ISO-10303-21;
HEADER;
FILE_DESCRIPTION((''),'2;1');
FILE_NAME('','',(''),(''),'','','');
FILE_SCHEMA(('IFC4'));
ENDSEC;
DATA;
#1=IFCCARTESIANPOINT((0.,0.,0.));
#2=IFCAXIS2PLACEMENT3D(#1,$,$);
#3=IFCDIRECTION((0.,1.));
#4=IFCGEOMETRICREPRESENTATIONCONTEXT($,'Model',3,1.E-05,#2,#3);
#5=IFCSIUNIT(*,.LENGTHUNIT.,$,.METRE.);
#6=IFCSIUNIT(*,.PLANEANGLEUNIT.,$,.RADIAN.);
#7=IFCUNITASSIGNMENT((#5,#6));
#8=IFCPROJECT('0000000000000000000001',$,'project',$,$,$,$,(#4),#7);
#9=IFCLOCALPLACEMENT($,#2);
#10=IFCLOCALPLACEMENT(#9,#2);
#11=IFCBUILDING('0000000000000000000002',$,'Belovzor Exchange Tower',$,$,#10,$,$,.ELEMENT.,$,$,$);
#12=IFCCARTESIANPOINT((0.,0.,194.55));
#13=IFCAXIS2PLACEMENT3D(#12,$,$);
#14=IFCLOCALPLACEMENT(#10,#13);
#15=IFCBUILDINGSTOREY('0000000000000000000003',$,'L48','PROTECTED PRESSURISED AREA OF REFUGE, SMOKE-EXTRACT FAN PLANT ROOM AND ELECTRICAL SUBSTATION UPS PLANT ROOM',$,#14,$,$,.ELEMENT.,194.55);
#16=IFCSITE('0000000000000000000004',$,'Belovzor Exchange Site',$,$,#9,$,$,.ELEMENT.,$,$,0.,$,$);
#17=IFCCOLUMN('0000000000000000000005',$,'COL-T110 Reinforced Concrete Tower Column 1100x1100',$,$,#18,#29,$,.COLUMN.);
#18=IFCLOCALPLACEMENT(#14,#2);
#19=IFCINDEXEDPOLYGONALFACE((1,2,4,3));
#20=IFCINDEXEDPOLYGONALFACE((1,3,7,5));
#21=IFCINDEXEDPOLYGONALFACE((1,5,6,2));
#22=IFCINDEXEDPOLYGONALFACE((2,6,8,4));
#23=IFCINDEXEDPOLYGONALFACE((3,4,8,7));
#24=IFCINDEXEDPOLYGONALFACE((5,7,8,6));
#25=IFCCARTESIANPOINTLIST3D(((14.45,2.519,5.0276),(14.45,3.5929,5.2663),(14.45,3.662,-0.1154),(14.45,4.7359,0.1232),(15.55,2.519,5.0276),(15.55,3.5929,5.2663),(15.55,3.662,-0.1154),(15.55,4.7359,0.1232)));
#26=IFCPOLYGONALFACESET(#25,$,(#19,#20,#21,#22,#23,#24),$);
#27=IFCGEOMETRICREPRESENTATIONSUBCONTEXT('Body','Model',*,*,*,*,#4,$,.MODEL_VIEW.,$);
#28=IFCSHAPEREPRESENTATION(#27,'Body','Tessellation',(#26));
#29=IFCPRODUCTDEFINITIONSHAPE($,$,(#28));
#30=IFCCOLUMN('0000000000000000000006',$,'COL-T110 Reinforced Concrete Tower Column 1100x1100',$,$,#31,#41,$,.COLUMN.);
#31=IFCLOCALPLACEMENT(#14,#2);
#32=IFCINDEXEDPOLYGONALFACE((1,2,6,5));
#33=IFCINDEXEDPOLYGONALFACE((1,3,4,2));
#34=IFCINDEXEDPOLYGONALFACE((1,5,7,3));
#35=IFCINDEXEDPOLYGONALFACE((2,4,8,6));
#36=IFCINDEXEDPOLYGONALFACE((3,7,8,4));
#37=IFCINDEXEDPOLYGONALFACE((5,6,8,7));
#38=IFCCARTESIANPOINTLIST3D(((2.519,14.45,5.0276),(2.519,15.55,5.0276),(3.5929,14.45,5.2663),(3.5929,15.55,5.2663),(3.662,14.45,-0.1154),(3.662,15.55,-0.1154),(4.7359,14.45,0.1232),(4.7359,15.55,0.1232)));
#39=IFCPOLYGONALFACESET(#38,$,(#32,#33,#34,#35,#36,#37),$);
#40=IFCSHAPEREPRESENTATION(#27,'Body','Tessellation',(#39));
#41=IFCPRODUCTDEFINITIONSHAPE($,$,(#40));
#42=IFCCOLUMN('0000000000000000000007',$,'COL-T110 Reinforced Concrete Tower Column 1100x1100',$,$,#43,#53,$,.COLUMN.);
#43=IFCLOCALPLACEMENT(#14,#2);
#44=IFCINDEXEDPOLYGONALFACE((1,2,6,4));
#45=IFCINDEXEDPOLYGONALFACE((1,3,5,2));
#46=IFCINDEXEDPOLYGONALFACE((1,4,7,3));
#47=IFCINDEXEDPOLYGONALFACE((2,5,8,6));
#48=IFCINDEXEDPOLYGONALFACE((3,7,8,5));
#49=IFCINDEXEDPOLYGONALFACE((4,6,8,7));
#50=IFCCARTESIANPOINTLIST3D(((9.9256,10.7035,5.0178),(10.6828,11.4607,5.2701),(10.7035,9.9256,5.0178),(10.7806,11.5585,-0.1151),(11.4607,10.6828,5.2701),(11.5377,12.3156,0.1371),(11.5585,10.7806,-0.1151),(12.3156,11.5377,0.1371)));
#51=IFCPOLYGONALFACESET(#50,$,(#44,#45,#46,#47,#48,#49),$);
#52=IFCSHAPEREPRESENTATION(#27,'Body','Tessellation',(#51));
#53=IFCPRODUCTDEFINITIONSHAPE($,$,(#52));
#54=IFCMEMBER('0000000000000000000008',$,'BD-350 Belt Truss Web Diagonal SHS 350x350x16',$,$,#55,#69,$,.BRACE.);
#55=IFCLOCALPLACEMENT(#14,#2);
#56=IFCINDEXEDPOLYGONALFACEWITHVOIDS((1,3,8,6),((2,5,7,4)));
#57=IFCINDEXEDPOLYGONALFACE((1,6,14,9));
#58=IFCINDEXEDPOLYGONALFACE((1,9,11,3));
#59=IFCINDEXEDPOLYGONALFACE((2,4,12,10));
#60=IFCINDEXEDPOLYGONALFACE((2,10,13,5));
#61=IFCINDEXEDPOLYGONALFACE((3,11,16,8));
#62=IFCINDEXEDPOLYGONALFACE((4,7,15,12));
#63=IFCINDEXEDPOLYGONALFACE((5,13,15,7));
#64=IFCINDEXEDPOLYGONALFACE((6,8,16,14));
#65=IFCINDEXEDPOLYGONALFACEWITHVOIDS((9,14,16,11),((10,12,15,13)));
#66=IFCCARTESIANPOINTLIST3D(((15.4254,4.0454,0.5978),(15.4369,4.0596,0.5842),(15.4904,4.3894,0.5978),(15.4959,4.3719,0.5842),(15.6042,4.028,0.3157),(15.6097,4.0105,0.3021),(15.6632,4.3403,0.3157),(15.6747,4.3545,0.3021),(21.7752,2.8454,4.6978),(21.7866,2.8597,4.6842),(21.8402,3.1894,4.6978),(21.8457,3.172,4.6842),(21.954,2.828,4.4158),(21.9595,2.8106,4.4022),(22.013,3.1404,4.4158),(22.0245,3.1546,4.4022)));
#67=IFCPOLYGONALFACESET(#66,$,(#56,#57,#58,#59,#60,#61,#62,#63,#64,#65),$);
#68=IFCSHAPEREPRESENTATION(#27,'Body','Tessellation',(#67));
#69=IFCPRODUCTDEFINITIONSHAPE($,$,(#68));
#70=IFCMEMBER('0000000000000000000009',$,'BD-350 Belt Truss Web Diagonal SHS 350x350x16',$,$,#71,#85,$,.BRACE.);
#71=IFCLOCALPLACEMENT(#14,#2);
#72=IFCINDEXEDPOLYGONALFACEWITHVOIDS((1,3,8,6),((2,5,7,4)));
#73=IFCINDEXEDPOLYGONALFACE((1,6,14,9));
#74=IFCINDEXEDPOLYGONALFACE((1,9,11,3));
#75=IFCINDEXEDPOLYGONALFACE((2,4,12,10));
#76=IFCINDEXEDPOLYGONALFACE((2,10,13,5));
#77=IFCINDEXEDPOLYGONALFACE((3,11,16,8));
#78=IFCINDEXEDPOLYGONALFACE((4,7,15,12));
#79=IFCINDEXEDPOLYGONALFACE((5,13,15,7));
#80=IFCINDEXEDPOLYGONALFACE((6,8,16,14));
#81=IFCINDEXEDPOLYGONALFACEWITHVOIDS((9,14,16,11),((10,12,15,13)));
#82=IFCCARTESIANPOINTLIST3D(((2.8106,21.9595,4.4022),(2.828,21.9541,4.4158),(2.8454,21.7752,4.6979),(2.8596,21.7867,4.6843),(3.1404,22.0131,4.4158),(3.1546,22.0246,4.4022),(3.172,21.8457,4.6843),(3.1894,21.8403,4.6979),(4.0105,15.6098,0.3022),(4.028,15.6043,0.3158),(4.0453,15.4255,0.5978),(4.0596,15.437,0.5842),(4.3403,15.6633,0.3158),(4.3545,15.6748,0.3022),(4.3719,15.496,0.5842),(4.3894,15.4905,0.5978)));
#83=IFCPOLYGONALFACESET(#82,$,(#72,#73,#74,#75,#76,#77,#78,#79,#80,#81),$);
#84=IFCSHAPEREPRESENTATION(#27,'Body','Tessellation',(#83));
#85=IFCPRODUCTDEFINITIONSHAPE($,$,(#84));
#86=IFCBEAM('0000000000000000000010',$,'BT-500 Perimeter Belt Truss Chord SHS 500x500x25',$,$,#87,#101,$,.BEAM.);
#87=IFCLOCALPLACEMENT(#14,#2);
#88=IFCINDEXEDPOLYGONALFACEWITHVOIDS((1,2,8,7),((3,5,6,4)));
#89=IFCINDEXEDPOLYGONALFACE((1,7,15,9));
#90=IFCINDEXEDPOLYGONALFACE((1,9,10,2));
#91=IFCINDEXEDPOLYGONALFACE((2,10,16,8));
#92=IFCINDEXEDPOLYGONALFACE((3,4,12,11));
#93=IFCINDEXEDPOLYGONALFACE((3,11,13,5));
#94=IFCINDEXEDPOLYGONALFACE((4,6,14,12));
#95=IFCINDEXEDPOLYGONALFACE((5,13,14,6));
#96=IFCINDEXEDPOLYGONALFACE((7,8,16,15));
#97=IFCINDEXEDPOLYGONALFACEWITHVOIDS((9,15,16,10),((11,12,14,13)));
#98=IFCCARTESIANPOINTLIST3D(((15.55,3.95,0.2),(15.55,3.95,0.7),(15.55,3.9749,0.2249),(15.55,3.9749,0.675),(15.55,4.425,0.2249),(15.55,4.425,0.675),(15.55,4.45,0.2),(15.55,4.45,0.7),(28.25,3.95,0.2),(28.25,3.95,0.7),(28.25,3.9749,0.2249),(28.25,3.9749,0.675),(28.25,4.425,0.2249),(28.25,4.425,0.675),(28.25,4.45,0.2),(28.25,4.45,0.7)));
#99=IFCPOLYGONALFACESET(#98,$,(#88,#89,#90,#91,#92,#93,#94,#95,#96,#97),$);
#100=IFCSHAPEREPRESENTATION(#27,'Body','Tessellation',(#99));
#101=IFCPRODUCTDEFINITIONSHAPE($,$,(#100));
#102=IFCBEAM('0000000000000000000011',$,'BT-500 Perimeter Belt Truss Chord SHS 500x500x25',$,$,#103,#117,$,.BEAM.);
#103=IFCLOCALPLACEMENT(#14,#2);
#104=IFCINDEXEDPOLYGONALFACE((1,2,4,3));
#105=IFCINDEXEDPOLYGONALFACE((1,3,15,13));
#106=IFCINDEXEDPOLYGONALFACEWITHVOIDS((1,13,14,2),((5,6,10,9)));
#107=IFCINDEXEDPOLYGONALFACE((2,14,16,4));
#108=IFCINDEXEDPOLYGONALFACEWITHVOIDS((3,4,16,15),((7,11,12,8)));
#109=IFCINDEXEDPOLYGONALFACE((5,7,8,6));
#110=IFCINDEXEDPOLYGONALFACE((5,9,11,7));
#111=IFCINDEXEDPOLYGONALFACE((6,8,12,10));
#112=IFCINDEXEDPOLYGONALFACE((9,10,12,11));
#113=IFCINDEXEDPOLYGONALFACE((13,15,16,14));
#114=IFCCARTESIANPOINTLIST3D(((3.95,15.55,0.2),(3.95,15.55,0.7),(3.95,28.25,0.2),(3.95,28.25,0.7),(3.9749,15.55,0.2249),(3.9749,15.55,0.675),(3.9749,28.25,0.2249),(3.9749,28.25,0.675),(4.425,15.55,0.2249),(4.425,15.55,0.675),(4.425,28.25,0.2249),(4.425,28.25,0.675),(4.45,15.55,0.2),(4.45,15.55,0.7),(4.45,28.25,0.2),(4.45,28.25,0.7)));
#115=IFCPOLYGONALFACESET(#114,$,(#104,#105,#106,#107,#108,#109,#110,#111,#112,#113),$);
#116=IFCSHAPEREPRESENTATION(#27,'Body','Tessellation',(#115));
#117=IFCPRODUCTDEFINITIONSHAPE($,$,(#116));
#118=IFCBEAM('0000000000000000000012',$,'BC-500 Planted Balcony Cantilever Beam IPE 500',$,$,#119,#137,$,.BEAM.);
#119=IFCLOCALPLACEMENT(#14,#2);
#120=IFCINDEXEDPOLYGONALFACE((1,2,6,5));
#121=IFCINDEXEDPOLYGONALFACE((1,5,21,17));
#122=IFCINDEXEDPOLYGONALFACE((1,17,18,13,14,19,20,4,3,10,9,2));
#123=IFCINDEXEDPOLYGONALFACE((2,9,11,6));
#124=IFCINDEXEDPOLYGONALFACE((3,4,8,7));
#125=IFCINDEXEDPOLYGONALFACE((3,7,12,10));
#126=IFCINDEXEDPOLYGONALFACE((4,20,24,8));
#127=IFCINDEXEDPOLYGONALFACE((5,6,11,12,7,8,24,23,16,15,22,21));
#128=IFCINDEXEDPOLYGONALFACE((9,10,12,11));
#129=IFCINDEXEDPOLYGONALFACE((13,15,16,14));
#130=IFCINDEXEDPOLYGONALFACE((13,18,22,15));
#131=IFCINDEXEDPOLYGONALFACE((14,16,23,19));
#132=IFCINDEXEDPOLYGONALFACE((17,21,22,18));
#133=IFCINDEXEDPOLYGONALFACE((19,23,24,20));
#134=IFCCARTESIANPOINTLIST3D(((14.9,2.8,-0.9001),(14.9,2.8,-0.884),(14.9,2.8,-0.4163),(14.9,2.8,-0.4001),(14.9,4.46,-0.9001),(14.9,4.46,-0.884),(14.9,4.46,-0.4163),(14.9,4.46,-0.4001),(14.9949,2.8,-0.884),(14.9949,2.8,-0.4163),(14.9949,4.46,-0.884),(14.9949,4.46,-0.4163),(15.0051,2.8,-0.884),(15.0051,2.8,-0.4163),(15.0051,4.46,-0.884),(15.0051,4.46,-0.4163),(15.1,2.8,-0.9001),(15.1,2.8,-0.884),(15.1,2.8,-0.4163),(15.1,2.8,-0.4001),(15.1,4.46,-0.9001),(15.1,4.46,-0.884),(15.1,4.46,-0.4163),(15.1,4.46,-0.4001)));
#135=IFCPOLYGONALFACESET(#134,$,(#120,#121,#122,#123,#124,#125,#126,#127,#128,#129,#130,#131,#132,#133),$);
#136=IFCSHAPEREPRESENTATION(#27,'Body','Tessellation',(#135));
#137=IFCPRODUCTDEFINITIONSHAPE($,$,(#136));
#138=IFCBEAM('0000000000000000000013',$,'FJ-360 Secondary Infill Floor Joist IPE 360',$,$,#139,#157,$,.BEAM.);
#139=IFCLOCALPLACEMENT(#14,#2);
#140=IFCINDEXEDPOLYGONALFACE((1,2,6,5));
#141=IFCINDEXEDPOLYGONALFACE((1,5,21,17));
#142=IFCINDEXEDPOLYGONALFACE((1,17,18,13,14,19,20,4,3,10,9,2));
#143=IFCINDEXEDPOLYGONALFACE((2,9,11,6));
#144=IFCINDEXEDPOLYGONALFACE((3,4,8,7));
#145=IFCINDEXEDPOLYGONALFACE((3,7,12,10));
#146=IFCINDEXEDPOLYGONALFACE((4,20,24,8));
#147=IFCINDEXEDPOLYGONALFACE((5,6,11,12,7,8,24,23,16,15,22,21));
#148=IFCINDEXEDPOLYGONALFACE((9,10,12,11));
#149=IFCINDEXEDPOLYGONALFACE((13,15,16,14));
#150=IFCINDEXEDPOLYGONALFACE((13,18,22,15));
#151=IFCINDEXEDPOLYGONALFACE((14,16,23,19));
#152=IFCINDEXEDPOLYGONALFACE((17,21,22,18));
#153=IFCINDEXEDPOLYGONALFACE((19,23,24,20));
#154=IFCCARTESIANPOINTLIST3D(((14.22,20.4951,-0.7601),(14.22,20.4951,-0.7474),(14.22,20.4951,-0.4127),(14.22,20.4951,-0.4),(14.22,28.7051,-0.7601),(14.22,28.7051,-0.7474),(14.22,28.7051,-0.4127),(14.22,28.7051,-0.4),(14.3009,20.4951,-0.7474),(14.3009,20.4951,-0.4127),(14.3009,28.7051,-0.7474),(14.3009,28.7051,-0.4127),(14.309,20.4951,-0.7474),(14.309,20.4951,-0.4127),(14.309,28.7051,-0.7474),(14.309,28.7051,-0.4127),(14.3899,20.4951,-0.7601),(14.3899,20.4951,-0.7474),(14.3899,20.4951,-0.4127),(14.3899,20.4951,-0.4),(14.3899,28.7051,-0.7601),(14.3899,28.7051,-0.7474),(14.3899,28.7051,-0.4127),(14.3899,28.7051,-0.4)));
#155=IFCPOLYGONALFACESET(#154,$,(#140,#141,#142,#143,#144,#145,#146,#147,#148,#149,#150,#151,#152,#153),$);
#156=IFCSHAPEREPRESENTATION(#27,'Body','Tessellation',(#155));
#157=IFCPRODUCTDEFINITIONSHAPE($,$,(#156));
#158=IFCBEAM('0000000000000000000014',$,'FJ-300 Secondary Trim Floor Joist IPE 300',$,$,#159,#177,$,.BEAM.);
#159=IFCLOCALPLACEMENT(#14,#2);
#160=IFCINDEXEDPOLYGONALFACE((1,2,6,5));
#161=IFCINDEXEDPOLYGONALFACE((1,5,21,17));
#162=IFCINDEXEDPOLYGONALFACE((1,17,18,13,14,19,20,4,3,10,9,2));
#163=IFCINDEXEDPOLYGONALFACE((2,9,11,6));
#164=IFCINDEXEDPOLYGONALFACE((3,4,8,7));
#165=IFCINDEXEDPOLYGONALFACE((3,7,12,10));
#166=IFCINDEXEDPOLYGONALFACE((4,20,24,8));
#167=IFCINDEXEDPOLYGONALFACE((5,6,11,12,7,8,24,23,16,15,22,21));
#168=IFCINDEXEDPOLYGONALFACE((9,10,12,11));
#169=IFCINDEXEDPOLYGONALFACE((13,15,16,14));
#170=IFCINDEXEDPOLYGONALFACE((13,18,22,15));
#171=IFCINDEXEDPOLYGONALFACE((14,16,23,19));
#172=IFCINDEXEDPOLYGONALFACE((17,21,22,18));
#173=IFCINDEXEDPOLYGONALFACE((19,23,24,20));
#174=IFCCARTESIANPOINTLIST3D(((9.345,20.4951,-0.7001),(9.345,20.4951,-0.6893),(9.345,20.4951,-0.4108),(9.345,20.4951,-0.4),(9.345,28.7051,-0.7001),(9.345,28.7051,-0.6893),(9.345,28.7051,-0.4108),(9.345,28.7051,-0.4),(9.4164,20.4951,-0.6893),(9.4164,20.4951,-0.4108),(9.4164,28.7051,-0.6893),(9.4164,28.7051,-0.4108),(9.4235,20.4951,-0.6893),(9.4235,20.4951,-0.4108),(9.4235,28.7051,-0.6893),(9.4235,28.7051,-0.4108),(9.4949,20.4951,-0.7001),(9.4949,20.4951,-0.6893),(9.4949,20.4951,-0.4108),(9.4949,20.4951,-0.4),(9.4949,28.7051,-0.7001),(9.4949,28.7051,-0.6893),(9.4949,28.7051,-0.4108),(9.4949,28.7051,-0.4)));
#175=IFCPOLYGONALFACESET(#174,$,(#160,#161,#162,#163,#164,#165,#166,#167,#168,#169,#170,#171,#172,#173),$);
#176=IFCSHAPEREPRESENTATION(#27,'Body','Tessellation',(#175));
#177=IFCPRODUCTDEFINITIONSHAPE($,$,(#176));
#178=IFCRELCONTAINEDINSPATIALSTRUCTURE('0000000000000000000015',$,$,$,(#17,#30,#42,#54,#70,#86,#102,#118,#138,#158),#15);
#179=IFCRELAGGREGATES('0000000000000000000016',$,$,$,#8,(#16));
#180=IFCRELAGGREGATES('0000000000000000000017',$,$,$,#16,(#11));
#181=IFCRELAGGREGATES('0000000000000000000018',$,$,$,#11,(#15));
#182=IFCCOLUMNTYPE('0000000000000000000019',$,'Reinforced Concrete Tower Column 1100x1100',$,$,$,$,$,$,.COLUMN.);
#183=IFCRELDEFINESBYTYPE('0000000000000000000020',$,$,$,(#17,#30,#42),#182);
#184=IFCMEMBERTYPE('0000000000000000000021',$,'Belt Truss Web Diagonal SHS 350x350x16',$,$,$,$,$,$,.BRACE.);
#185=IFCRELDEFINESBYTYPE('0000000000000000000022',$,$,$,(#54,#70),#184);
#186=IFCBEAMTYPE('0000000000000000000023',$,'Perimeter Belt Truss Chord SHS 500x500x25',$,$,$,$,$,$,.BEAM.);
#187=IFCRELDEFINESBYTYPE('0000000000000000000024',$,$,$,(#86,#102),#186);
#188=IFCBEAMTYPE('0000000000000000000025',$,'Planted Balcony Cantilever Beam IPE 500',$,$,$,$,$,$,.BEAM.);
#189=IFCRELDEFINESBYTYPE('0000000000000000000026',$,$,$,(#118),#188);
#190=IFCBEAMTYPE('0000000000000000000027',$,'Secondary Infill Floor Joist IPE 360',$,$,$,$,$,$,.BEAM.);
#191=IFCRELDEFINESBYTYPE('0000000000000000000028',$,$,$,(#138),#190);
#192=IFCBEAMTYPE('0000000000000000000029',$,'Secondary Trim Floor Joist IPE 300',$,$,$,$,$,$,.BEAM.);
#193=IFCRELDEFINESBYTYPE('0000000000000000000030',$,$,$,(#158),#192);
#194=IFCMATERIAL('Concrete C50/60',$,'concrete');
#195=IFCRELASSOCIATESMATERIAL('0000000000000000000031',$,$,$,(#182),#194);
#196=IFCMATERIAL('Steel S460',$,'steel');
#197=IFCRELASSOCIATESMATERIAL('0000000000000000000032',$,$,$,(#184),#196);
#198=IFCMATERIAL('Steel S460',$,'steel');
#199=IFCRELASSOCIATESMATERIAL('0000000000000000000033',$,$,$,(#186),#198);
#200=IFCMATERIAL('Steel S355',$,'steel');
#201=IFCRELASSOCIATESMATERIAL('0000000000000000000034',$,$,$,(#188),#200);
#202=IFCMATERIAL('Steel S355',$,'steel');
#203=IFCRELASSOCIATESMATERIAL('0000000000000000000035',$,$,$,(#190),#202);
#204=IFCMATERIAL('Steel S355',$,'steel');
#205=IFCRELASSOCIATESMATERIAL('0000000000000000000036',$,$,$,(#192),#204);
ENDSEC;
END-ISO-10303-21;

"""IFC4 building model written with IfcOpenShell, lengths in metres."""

from ifc_helpers import new_model, si_unit, direction, frame, origin, origin_2d, place, context, subcontext, project, spatial, rectangle, hollow_rectangle, i_section, extrude, material, material_profile, profile_set, type_object, element, save


model = new_model("IFC4")

# Units and contexts
model_context = context("Model", 3, precision=1e-05, world=origin(), true_north=direction((0.0, 1.0)))
body_context = subcontext(model_context, "Body", "Model", "MODEL_VIEW")
ifc_project = project(units=[si_unit("LENGTHUNIT", "METRE"), si_unit("PLANEANGLEUNIT", "RADIAN")], contexts=[model_context])

# Site, building, storey
site_placement = place(None, origin())
site = spatial("IfcSite", under=ifc_project, at=site_placement, Name="Belovzor Exchange Site", CompositionType="ELEMENT", RefElevation=0.0)
building_placement = place(site_placement, origin())
building = spatial("IfcBuilding", under=site, at=building_placement, Name="Belovzor Exchange Tower", CompositionType="ELEMENT")
storey_placement = place(building_placement, frame((0.0, 0.0, 194.55)))
storey = spatial("IfcBuildingStorey", under=building, at=storey_placement, Name="L48", Description="PROTECTED PRESSURISED AREA OF REFUGE, SMOKE-EXTRACT FAN PLANT ROOM AND ELECTRICAL SUBSTATION UPS PLANT ROOM", CompositionType="ELEMENT", Elevation=194.55)

# Columns
ifc_material_1 = material(Name="Concrete C50/60", Category="concrete")
ifc_material_profile_1 = material_profile(ifc_material_1, rectangle(XDim=1.1001, YDim=1.1001, at=origin_2d()))
ifc_profile_set_1 = profile_set([ifc_material_profile_1], Name="Concrete C50/60")
column_type = type_object("IfcColumnType", Name="Reinforced Concrete Tower Column 1100x1100", PredefinedType="COLUMN", material=ifc_profile_set_1)
for number, where, z_axis, x_axis, name in (
    (1, (15.0, 4.199, 0.0039), (0.0, -0.21696, 0.976181), (1.0, 0.0, 0.0), "COL-T110 Reinforced Concrete Tower Column 1100x1100"),
    (2, (4.199, 15.0, 0.0039), (-0.21696, 0.0, 0.976181), (0.0, -1.0, 0.0), "COL-T110 Reinforced Concrete Tower Column 1100x1100"),
):
    element("IfcColumn", number, at=place(storey_placement, frame(where, z_axis=z_axis, x_axis=x_axis)), inside=storey, type_object=column_type, Name=name, PredefinedType="COLUMN", context=body_context, shape_type="SweptSolid", body=[
        extrude(rectangle(XDim=1.1001, YDim=1.1001, at=origin_2d()), origin(), (0.0, 0.0, 1.0), 5.2686),
    ])
column_placement = place(storey_placement, frame((11.5481, 11.5481, 0.011), z_axis=(-0.162126, -0.162126, 0.97336), x_axis=(0.707107, -0.707107, 0.0)))
element("IfcColumn", 3, at=column_placement, inside=storey, type_object=column_type, Name="COL-T110 Reinforced Concrete Tower Column 1100x1100", PredefinedType="COLUMN", context=body_context, shape_type="SweptSolid", body=[
    extrude(rectangle(XDim=1.1001, YDim=1.1001, at=origin_2d()), origin(), (0.0, 0.0, 1.0), 5.2734),
])

# Members
ifc_material_2 = material(Name="Steel S460", Category="steel")
ifc_material_profile_2 = material_profile(ifc_material_2, hollow_rectangle(XDim=0.3501, YDim=0.3501, WallThickness=0.0161, at=origin_2d()))
ifc_profile_set_2 = profile_set([ifc_material_profile_2], Name="Steel S460")
member_type_1 = type_object("IfcMemberType", Name="Belt Truss Web Diagonal SHS 350x350x16", PredefinedType="BRACE", material=ifc_profile_set_2)
for number, where, z_axis, x_axis, name in (
    (4, (15.55, 4.2, 0.45), (0.8297, -0.156791, 0.535737), (0.185687, 0.982609, 0.0), "BD-350 Belt Truss Web Diagonal SHS 350x350x16"),
    (5, (3.0, 21.8999, 4.55), (0.156791, -0.8297, -0.535737), (0.982609, 0.185687, 0.0), "BD-350 Belt Truss Web Diagonal SHS 350x350x16"),
):
    element("IfcMember", number, at=place(storey_placement, frame(where, z_axis=z_axis, x_axis=x_axis)), inside=storey, type_object=member_type_1, Name=name, PredefinedType="BRACE", context=body_context, shape_type="SweptSolid", body=[
        extrude(hollow_rectangle(XDim=0.3501, YDim=0.3501, WallThickness=0.0161, at=origin_2d()), origin(), (0.0, 0.0, 1.0), 7.6531),
    ])

# Beams
ifc_material_3 = material(Name="Steel S460", Category="steel")
ifc_material_profile_3 = material_profile(ifc_material_3, hollow_rectangle(XDim=0.5, YDim=0.5, WallThickness=0.0249, at=origin_2d()))
ifc_profile_set_3 = profile_set([ifc_material_profile_3], Name="Steel S460")
beam_type_1 = type_object("IfcBeamType", Name="Perimeter Belt Truss Chord SHS 500x500x25", PredefinedType="BEAM", material=ifc_profile_set_3)
for number, where, z_axis, x_axis, name in (
    (6, (15.55, 4.2, 0.45), (1.0, 0.0, 0.0), (0.0, 1.0, 0.0), "BT-500 Perimeter Belt Truss Chord SHS 500x500x25"),
    (7, (4.2, 28.25, 0.45), (0.0, -1.0, 0.0), (1.0, 0.0, 0.0), "BT-500 Perimeter Belt Truss Chord SHS 500x500x25"),
):
    element("IfcBeam", number, at=place(storey_placement, frame(where, z_axis=z_axis, x_axis=x_axis)), inside=storey, type_object=beam_type_1, Name=name, PredefinedType="BEAM", context=body_context, shape_type="SweptSolid", body=[
        extrude(hollow_rectangle(XDim=0.5, YDim=0.5, WallThickness=0.0249, at=origin_2d()), origin(), (0.0, 0.0, 1.0), 12.7),
    ])
ifc_material_4 = material(Name="Steel S355", Category="steel")
ifc_material_profile_4 = material_profile(ifc_material_4, i_section(OverallWidth=0.2, OverallDepth=0.5, WebThickness=0.0103, FlangeThickness=0.0161, at=origin_2d()))
ifc_profile_set_4 = profile_set([ifc_material_profile_4], Name="Steel S355")
beam_type_2 = type_object("IfcBeamType", Name="Planted Balcony Cantilever Beam IPE 500", PredefinedType="BEAM", material=ifc_profile_set_4)
beam_1_placement = place(storey_placement, frame((15.0, 4.46, -0.6501), z_axis=(0.0, -1.0, 0.0), x_axis=(1.0, 0.0, 0.0)))
element("IfcBeam", 8, at=beam_1_placement, inside=storey, type_object=beam_type_2, Name="BC-500 Planted Balcony Cantilever Beam IPE 500", PredefinedType="BEAM", context=body_context, shape_type="SweptSolid", body=[
    extrude(i_section(OverallWidth=0.2, OverallDepth=0.5, WebThickness=0.0103, FlangeThickness=0.0161, at=origin_2d()), origin(), (0.0, 0.0, 1.0), 1.6599),
])
ifc_material_5 = material(Name="Steel S355", Category="steel")
ifc_material_profile_5 = material_profile(ifc_material_5, i_section(OverallWidth=0.1699, OverallDepth=0.3601, WebThickness=0.0081, FlangeThickness=0.0127, at=origin_2d()))
ifc_profile_set_5 = profile_set([ifc_material_profile_5], Name="Steel S355")
beam_type_3 = type_object("IfcBeamType", Name="Secondary Infill Floor Joist IPE 360", PredefinedType="BEAM", material=ifc_profile_set_5)
beam_2_placement = place(storey_placement, frame((14.3049, 20.4951, -0.5801), z_axis=(0.0, 1.0, 0.0), x_axis=(-1.0, 0.0, 0.0)))
element("IfcBeam", 9, at=beam_2_placement, inside=storey, type_object=beam_type_3, Name="FJ-360 Secondary Infill Floor Joist IPE 360", PredefinedType="BEAM", context=body_context, shape_type="SweptSolid", body=[
    extrude(i_section(OverallWidth=0.1699, OverallDepth=0.3601, WebThickness=0.0081, FlangeThickness=0.0127, at=origin_2d()), origin(), (0.0, 0.0, 1.0), 8.21),
])
ifc_material_6 = material(Name="Steel S355", Category="steel")
ifc_material_profile_6 = material_profile(ifc_material_6, i_section(OverallWidth=0.1499, OverallDepth=0.3, WebThickness=0.0071, FlangeThickness=0.0107, at=origin_2d()))
ifc_profile_set_6 = profile_set([ifc_material_profile_6], Name="Steel S355")
beam_type_4 = type_object("IfcBeamType", Name="Secondary Trim Floor Joist IPE 300", PredefinedType="BEAM", material=ifc_profile_set_6)
beam_3_placement = place(storey_placement, frame((9.4199, 20.4951, -0.55), z_axis=(0.0, 1.0, 0.0), x_axis=(-1.0, 0.0, 0.0)))
element("IfcBeam", 10, at=beam_3_placement, inside=storey, type_object=beam_type_4, Name="FJ-300 Secondary Trim Floor Joist IPE 300", PredefinedType="BEAM", context=body_context, shape_type="SweptSolid", body=[
    extrude(i_section(OverallWidth=0.1499, OverallDepth=0.3, WebThickness=0.0071, FlangeThickness=0.0107, at=origin_2d()), origin(), (0.0, 0.0, 1.0), 8.21),
])

save(model, "model.ifc")
